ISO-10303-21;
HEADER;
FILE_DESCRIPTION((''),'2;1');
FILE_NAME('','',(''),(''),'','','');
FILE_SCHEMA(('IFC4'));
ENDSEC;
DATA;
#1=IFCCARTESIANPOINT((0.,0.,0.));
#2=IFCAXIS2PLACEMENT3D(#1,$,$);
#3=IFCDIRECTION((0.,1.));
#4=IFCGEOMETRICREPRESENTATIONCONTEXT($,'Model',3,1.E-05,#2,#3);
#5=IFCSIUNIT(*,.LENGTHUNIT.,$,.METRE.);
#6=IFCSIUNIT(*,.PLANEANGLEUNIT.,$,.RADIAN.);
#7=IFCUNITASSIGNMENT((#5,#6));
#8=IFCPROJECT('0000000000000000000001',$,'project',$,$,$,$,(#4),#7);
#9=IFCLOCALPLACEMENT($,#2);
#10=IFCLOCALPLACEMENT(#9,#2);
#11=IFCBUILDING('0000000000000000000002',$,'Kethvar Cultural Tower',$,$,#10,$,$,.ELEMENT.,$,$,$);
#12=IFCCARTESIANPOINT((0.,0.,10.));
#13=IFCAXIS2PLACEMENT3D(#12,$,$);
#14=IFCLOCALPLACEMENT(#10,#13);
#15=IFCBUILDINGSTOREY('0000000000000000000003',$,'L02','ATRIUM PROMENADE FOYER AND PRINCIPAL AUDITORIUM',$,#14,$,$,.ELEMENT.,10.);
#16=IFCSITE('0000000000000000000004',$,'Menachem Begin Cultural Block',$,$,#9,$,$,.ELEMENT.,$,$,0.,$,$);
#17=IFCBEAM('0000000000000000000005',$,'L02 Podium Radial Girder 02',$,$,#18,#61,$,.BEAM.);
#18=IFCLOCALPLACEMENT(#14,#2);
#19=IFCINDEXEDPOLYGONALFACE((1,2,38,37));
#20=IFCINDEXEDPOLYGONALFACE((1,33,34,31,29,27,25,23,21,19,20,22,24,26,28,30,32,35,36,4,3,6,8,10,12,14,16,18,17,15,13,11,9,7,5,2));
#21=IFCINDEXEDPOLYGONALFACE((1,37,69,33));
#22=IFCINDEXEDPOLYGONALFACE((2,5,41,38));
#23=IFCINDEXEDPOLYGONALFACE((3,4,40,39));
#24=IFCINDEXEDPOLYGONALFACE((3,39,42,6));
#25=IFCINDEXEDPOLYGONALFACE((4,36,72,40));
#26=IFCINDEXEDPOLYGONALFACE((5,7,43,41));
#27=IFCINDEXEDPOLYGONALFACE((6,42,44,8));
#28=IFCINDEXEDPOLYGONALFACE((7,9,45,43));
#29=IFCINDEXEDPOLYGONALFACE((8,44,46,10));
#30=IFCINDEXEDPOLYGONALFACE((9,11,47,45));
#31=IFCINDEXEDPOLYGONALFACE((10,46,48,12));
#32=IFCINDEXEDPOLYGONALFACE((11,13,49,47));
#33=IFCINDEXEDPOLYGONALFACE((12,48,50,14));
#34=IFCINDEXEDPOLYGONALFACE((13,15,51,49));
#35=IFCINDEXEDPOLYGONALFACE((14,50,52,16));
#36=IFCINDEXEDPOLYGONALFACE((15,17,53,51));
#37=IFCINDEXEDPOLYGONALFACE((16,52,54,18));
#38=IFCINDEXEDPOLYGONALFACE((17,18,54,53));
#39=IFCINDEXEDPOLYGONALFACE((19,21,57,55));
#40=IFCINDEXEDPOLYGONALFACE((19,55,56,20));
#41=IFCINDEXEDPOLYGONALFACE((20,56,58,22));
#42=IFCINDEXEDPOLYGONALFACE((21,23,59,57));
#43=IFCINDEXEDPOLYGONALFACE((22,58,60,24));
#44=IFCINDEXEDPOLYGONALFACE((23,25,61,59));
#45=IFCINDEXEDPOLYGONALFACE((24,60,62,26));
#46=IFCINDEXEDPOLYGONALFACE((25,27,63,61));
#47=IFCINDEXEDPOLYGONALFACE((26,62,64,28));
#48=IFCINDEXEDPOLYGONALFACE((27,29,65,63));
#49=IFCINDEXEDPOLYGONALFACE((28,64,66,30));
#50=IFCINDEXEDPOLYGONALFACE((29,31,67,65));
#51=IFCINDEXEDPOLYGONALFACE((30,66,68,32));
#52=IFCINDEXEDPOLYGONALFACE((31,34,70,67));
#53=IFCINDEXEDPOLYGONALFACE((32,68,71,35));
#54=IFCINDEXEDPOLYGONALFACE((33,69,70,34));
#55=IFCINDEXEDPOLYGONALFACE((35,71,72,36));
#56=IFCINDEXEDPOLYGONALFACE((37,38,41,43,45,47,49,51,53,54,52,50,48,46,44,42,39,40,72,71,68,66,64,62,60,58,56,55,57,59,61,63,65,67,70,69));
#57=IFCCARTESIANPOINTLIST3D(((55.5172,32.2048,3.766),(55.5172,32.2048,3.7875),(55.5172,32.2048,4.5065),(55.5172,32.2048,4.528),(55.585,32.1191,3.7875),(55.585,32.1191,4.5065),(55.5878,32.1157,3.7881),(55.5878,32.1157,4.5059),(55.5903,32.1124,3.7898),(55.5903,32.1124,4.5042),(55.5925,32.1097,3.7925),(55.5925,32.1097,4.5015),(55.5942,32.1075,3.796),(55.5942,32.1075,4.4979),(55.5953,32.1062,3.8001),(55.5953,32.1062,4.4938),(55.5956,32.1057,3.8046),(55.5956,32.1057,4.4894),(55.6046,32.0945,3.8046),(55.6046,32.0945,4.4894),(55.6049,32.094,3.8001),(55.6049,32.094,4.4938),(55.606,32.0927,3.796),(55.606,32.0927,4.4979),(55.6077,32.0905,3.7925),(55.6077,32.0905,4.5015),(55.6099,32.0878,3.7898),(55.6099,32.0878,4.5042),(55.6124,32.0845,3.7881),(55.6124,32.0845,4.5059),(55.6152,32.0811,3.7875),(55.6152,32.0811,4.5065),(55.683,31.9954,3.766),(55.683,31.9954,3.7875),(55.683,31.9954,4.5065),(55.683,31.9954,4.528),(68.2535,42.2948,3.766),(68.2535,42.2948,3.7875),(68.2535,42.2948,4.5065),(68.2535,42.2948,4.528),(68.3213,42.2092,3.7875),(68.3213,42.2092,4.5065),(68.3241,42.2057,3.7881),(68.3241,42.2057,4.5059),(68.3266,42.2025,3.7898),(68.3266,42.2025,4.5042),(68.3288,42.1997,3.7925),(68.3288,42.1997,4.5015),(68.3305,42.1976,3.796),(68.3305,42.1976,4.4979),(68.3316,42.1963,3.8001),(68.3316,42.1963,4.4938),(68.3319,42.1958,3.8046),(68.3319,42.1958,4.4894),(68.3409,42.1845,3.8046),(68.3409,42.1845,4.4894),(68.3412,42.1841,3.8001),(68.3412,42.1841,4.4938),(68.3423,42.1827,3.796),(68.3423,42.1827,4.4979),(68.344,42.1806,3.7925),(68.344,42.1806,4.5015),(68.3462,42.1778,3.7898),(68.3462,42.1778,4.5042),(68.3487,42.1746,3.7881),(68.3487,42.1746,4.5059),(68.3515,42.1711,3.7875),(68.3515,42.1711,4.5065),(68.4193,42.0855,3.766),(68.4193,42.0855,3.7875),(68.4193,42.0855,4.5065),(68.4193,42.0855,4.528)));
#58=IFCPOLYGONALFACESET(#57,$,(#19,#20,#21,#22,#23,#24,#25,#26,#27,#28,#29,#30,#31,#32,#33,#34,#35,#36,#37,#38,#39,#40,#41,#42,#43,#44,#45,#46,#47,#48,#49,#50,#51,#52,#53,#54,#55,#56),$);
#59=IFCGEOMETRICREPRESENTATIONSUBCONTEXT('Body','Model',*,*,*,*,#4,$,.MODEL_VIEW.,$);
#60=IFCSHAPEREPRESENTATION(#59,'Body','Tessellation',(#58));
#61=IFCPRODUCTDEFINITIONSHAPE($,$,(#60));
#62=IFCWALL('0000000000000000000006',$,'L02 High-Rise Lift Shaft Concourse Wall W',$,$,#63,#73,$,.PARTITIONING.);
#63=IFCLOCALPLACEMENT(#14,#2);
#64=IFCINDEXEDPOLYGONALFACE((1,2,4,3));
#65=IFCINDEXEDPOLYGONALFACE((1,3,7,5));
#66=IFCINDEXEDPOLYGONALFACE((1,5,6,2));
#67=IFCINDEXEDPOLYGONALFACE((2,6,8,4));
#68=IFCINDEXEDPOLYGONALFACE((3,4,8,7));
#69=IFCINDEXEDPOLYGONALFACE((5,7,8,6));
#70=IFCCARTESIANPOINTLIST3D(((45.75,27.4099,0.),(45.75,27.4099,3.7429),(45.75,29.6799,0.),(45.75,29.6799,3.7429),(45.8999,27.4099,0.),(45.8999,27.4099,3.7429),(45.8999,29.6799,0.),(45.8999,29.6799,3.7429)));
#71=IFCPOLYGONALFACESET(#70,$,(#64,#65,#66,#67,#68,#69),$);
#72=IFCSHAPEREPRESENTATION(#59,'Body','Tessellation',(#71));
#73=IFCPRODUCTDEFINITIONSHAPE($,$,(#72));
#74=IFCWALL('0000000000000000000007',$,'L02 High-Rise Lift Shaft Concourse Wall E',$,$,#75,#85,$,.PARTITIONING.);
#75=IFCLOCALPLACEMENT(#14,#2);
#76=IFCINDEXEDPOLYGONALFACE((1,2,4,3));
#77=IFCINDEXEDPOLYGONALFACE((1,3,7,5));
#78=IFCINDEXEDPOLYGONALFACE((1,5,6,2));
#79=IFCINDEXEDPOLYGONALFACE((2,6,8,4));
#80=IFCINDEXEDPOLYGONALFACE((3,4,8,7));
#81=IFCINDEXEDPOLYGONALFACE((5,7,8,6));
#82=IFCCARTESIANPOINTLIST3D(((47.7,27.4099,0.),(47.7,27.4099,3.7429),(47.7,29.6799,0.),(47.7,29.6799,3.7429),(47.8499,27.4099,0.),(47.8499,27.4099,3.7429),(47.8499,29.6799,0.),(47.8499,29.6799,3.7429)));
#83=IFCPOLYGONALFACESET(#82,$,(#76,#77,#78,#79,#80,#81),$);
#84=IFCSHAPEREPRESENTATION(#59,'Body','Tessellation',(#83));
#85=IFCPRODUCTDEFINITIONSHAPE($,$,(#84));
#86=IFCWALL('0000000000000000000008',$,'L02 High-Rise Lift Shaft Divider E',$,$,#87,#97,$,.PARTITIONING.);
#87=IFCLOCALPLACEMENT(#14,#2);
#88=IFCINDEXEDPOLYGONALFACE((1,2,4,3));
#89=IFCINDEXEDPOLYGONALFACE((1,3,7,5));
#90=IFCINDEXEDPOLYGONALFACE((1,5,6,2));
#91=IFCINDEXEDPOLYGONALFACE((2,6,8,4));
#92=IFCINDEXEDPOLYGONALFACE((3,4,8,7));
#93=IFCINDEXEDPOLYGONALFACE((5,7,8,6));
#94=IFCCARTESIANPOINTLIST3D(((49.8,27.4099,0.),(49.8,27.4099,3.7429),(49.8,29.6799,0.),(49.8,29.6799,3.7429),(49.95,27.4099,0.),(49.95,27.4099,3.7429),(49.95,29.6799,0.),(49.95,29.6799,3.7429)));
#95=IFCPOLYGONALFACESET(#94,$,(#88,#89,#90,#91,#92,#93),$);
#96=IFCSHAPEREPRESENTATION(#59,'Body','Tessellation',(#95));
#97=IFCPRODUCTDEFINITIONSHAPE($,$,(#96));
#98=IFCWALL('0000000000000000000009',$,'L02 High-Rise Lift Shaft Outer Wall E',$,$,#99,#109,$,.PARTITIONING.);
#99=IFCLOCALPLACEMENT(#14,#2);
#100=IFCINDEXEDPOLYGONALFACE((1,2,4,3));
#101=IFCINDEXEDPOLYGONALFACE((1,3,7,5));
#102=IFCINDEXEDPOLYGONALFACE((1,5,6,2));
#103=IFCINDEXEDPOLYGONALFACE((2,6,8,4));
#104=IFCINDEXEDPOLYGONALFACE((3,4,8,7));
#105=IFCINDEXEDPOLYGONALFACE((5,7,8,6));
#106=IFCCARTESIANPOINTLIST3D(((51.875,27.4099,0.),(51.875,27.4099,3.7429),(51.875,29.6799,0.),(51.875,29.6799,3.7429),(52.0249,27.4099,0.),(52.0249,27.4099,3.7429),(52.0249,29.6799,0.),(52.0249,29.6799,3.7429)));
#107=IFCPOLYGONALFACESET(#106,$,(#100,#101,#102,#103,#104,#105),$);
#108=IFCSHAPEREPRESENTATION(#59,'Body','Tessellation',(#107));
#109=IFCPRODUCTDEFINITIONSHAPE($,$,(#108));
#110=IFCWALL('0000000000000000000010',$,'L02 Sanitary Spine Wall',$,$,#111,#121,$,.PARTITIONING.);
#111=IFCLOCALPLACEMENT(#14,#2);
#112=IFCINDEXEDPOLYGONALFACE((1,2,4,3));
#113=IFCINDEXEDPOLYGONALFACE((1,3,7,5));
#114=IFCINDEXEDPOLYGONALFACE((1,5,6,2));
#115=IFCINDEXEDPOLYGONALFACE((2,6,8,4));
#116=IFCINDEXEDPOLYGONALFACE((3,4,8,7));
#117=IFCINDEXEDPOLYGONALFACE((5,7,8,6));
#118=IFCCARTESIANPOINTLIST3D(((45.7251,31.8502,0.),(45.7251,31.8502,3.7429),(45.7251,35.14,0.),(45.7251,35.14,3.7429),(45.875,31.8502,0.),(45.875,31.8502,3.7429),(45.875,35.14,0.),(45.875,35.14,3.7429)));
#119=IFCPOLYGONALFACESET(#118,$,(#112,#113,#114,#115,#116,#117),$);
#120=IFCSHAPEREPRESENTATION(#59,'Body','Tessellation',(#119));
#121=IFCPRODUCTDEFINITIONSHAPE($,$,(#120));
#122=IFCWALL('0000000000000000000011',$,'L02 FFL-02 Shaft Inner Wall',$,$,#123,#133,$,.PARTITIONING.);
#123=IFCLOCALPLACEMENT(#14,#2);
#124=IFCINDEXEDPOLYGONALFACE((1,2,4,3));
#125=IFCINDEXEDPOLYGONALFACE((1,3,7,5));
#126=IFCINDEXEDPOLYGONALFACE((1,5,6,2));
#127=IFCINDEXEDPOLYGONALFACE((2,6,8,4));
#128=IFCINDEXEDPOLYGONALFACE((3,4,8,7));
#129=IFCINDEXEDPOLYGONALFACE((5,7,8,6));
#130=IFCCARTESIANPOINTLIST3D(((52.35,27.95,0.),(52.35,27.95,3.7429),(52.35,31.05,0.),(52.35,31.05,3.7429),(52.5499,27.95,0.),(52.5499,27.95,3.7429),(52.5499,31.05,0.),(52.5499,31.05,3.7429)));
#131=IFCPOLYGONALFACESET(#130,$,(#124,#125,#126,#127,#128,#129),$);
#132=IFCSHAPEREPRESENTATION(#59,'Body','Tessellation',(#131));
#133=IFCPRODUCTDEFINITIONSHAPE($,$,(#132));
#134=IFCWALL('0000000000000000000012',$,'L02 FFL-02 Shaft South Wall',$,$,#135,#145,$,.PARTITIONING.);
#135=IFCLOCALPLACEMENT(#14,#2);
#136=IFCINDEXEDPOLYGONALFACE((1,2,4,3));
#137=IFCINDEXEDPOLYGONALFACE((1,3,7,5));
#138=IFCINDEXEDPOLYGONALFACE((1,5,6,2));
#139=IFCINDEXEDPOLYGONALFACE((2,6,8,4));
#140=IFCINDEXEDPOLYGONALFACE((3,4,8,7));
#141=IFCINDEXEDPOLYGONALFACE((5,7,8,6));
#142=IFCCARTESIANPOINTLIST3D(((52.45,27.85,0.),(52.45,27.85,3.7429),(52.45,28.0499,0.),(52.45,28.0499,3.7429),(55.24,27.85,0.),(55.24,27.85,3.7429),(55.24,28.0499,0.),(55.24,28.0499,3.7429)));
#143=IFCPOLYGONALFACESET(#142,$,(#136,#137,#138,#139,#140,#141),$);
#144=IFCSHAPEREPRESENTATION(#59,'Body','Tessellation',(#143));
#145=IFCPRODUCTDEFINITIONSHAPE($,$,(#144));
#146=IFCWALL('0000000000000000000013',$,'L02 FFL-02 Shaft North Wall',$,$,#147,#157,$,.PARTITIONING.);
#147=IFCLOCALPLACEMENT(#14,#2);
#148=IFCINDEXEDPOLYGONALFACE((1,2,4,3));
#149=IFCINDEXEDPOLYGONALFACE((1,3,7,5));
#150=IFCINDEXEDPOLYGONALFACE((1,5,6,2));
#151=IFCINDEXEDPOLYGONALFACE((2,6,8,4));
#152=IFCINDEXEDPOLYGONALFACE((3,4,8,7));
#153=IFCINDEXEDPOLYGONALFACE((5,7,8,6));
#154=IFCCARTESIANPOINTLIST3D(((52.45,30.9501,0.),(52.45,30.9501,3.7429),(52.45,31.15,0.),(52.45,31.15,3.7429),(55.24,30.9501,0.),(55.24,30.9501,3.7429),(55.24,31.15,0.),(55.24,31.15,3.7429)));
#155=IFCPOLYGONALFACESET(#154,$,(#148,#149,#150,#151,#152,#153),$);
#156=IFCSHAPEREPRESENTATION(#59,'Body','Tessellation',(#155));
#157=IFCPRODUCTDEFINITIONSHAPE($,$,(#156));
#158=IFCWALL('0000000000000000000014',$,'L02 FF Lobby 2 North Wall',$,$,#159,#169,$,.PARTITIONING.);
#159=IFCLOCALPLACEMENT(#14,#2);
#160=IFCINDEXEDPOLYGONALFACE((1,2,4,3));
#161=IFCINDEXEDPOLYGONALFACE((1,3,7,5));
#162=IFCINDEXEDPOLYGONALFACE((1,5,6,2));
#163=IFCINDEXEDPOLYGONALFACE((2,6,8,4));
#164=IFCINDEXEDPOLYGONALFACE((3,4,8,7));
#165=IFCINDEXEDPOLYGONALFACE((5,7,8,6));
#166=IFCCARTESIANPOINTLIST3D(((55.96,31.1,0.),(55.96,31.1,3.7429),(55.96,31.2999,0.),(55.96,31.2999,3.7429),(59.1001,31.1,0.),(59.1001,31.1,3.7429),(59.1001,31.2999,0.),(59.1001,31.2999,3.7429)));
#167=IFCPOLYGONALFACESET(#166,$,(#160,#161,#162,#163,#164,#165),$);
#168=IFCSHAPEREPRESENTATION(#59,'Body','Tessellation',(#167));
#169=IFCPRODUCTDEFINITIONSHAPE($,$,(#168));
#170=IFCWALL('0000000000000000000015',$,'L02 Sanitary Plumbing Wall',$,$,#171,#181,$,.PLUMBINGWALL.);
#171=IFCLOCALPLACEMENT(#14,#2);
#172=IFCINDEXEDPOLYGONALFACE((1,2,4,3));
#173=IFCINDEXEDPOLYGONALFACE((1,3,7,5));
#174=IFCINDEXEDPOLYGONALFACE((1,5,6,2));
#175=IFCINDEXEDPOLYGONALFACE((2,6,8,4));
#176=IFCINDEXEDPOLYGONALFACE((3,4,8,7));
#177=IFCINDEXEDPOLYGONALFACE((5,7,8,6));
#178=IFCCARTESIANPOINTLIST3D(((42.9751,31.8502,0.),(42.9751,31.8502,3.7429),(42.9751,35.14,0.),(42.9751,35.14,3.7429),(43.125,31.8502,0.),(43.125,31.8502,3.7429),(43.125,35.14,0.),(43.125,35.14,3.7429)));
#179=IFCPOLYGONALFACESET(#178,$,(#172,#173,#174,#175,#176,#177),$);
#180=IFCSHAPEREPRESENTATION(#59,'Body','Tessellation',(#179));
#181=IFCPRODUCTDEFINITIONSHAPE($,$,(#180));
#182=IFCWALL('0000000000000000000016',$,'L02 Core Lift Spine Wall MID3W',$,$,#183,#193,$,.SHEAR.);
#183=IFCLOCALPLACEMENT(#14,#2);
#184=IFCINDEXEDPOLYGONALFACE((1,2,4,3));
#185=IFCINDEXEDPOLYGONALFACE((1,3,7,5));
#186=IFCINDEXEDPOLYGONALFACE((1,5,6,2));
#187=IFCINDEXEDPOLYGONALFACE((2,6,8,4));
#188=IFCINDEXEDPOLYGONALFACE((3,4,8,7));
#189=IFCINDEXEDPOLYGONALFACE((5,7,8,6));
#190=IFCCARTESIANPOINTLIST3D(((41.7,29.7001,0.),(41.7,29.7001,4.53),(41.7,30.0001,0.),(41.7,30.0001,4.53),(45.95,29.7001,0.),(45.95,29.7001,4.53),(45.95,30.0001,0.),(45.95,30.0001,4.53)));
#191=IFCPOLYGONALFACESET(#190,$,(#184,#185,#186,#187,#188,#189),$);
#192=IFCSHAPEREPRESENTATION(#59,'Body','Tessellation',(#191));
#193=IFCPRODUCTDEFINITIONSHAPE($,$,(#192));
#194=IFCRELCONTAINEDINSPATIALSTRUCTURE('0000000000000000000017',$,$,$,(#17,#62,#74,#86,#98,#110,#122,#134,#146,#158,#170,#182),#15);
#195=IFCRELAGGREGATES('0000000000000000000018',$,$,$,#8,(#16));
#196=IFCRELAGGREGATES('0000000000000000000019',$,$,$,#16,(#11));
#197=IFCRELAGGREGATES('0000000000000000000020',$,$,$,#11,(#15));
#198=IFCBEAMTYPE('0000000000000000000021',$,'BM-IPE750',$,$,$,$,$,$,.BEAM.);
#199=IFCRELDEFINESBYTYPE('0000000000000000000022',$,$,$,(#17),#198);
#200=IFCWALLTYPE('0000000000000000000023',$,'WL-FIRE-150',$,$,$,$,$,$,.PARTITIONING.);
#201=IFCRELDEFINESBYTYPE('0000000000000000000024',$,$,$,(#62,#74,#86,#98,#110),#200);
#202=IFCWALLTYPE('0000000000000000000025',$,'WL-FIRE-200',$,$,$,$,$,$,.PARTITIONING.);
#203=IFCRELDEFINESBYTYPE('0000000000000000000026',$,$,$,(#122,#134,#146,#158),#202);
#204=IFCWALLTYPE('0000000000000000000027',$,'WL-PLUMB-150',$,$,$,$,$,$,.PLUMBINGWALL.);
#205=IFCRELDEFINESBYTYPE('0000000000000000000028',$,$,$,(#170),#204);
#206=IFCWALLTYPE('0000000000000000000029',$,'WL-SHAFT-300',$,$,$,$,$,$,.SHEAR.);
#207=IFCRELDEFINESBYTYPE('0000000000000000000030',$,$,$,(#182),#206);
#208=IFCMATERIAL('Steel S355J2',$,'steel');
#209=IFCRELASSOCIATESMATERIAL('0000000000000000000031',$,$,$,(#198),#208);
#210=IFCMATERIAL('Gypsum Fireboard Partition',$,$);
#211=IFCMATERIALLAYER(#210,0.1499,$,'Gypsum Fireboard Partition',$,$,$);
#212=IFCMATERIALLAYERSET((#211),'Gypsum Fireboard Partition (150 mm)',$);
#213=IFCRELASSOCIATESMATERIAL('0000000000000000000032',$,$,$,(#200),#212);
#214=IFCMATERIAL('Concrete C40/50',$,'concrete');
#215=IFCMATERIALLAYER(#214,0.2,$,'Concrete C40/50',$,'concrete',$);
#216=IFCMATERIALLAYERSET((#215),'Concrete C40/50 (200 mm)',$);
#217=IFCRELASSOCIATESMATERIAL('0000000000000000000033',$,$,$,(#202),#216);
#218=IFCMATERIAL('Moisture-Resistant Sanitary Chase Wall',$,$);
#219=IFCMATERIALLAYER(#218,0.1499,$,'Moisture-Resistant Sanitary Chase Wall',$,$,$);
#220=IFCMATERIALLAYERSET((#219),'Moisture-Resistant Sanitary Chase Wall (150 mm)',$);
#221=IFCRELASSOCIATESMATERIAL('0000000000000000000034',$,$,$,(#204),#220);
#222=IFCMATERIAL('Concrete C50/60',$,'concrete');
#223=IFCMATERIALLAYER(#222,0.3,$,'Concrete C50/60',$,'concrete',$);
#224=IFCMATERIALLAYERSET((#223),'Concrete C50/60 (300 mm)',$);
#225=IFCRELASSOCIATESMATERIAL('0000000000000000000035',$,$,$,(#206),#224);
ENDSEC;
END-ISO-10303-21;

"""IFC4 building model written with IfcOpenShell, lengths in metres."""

from ifc_helpers import new_model, si_unit, direction, frame, frame_2d, origin, origin_2d, place, context, subcontext, project, spatial, rectangle, i_section, extrude, source, transform, mapped, material, layer, layer_set, material_profile, profile_set, type_object, element, save


model = new_model("IFC4")

# Units and contexts
model_context = context("Model", 3, precision=1e-05, world=origin(), true_north=direction((0.0, 1.0)))
body_context = subcontext(model_context, "Body", "Model", "MODEL_VIEW")
ifc_project = project(units=[si_unit("LENGTHUNIT", "METRE"), si_unit("PLANEANGLEUNIT", "RADIAN")], contexts=[model_context])

# Site, building, storey
site_placement = place(None, origin())
site = spatial("IfcSite", under=ifc_project, at=site_placement, Name="Menachem Begin Cultural Block", CompositionType="ELEMENT", RefElevation=0.0)
building_placement = place(site_placement, origin())
building = spatial("IfcBuilding", under=site, at=building_placement, Name="Kethvar Cultural Tower", CompositionType="ELEMENT")
storey_placement = place(building_placement, frame((0.0, 0.0, 10.0)))
storey = spatial("IfcBuildingStorey", under=building, at=storey_placement, Name="L02", Description="ATRIUM PROMENADE FOYER AND PRINCIPAL AUDITORIUM", CompositionType="ELEMENT", Elevation=10.0)

# Beam
ifc_material_1 = material(Name="Steel S355J2", Category="steel")
ifc_material_profile = material_profile(ifc_material_1, i_section(OverallWidth=0.2671, OverallDepth=0.762, WebThickness=0.0144, FlangeThickness=0.0215, FilletRadius=0.0171, at=origin_2d()), Name="Steel S355J2 — IPE750x173")
ifc_profile_set = profile_set([ifc_material_profile], Name="Steel S355J2 — IPE750x173")
beam_type = type_object("IfcBeamType", Name="BM-IPE750", PredefinedType="BEAM", material=ifc_profile_set)
shared_shape = source(origin(), body_context, "Body", "SweptSolid", [
    extrude(i_section(OverallWidth=0.2671, OverallDepth=0.762, WebThickness=0.0144, FlangeThickness=0.0215, FilletRadius=0.0171, at=origin_2d()), origin(), (0.0, 0.0, 1.0), 16.2488),
])
beam_placement = place(storey_placement, frame((55.6001, 32.1001, 4.147), z_axis=(0.783831, 0.620974, 0.0), x_axis=(-0.620974, 0.783831, 0.0)))
element("IfcBeam", 1, at=beam_placement, inside=storey, type_object=beam_type, Name="L02 Podium Radial Girder 02", PredefinedType="BEAM", context=body_context, shape_type="MappedRepresentation", body=[
    mapped(shared_shape, transform((0.0, 0.0, 0.0), scale=1.0)),
])

# Walls
ifc_material_2 = material(Name="Gypsum Fireboard Partition")
ifc_layer_1 = layer(ifc_material_2, 0.1499, Name="Gypsum Fireboard Partition")
ifc_layer_set_1 = layer_set([ifc_layer_1], Name="Gypsum Fireboard Partition (150 mm)")
wall_type_1 = type_object("IfcWallType", Name="WL-FIRE-150", PredefinedType="PARTITIONING", material=ifc_layer_set_1)
for number, where, z_axis, x_axis, name in (
    (2, (45.825, 27.4099, 0.0), (0.0, 0.0, 1.0), (0.0, 1.0, 0.0), "L02 High-Rise Lift Shaft Concourse Wall W"),
    (3, (47.7749, 27.4099, 0.0), (0.0, 0.0, 1.0), (0.0, 1.0, 0.0), "L02 High-Rise Lift Shaft Concourse Wall E"),
    (4, (49.875, 27.4099, 0.0), (0.0, 0.0, 1.0), (0.0, 1.0, 0.0), "L02 High-Rise Lift Shaft Divider E"),
    (5, (51.95, 27.4099, 0.0), (0.0, 0.0, 1.0), (0.0, 1.0, 0.0), "L02 High-Rise Lift Shaft Outer Wall E"),
):
    element("IfcWall", number, at=place(storey_placement, frame(where, z_axis=z_axis, x_axis=x_axis)), inside=storey, type_object=wall_type_1, Name=name, PredefinedType="PARTITIONING", context=body_context, shape_type="SweptSolid", body=[
        extrude(rectangle(XDim=2.27, YDim=0.1499, at=frame_2d((1.135, 0.0))), origin(), (0.0, 0.0, 1.0), 3.7429),
    ])
wall_1_placement = place(storey_placement, frame((45.8, 31.8501, 0.0), z_axis=(0.0, 0.0, 1.0), x_axis=(0.0, 1.0, 0.0)))
element("IfcWall", 6, at=wall_1_placement, inside=storey, type_object=wall_type_1, Name="L02 Sanitary Spine Wall", PredefinedType="PARTITIONING", context=body_context, shape_type="SweptSolid", body=[
    extrude(rectangle(XDim=3.2898, YDim=0.1499, at=frame_2d((1.645, 0.0))), origin(), (0.0, 0.0, 1.0), 3.7429),
])
ifc_material_3 = material(Name="Concrete C40/50", Category="concrete")
ifc_layer_2 = layer(ifc_material_3, 0.2, Name="Concrete C40/50", Category="concrete")
ifc_layer_set_2 = layer_set([ifc_layer_2], Name="Concrete C40/50 (200 mm)")
wall_type_2 = type_object("IfcWallType", Name="WL-FIRE-200", PredefinedType="PARTITIONING", material=ifc_layer_set_2)
wall_2_placement = place(storey_placement, frame((52.45, 27.95, 0.0), z_axis=(0.0, 0.0, 1.0), x_axis=(0.0, 1.0, 0.0)))
element("IfcWall", 7, at=wall_2_placement, inside=storey, type_object=wall_type_2, Name="L02 FFL-02 Shaft Inner Wall", PredefinedType="PARTITIONING", context=body_context, shape_type="SweptSolid", body=[
    extrude(rectangle(XDim=3.1001, YDim=0.2, at=frame_2d((1.55, 0.0))), origin(), (0.0, 0.0, 1.0), 3.7429),
])
for number, where, z_axis, x_axis, name in (
    (8, (52.45, 27.95, 0.0), (0.0, 0.0, 1.0), (1.0, 0.0, 0.0), "L02 FFL-02 Shaft South Wall"),
    (9, (52.45, 31.05, 0.0), (0.0, 0.0, 1.0), (1.0, 0.0, 0.0), "L02 FFL-02 Shaft North Wall"),
):
    element("IfcWall", number, at=place(storey_placement, frame(where, z_axis=z_axis, x_axis=x_axis)), inside=storey, type_object=wall_type_2, Name=name, PredefinedType="PARTITIONING", context=body_context, shape_type="SweptSolid", body=[
        extrude(rectangle(XDim=2.79, YDim=0.2, at=frame_2d((1.395, 0.0))), origin(), (0.0, 0.0, 1.0), 3.7429),
    ])
wall_3_placement = place(storey_placement, frame((55.96, 31.2, 0.0), z_axis=(0.0, 0.0, 1.0), x_axis=(1.0, 0.0, 0.0)))
element("IfcWall", 10, at=wall_3_placement, inside=storey, type_object=wall_type_2, Name="L02 FF Lobby 2 North Wall", PredefinedType="PARTITIONING", context=body_context, shape_type="SweptSolid", body=[
    extrude(rectangle(XDim=3.1401, YDim=0.2, at=frame_2d((1.5701, 0.0))), origin(), (0.0, 0.0, 1.0), 3.7429),
])
ifc_material_4 = material(Name="Moisture-Resistant Sanitary Chase Wall")
ifc_layer_3 = layer(ifc_material_4, 0.1499, Name="Moisture-Resistant Sanitary Chase Wall")
ifc_layer_set_3 = layer_set([ifc_layer_3], Name="Moisture-Resistant Sanitary Chase Wall (150 mm)")
wall_type_3 = type_object("IfcWallType", Name="WL-PLUMB-150", PredefinedType="PLUMBINGWALL", material=ifc_layer_set_3)
wall_4_placement = place(storey_placement, frame((43.05, 31.8501, 0.0), z_axis=(0.0, 0.0, 1.0), x_axis=(0.0, 1.0, 0.0)))
element("IfcWall", 11, at=wall_4_placement, inside=storey, type_object=wall_type_3, Name="L02 Sanitary Plumbing Wall", PredefinedType="PLUMBINGWALL", context=body_context, shape_type="SweptSolid", body=[
    extrude(rectangle(XDim=3.2898, YDim=0.1499, at=frame_2d((1.645, 0.0))), origin(), (0.0, 0.0, 1.0), 3.7429),
])
ifc_material_5 = material(Name="Concrete C50/60", Category="concrete")
ifc_layer_4 = layer(ifc_material_5, 0.3, Name="Concrete C50/60", Category="concrete")
ifc_layer_set_4 = layer_set([ifc_layer_4], Name="Concrete C50/60 (300 mm)")
wall_type_4 = type_object("IfcWallType", Name="WL-SHAFT-300", PredefinedType="SHEAR", material=ifc_layer_set_4)
for number, where, z_axis, x_axis, name in (
    (12, (41.7, 29.8501, 0.0), (0.0, 0.0, 1.0), (1.0, 0.0, 0.0), "L02 Core Lift Spine Wall MID3W"),
):
    element("IfcWall", number, at=place(storey_placement, frame(where, z_axis=z_axis, x_axis=x_axis)), inside=storey, type_object=wall_type_4, Name=name, PredefinedType="SHEAR", context=body_context, shape_type="SweptSolid", body=[
        extrude(rectangle(XDim=4.25, YDim=0.3, at=frame_2d((2.125, 0.0))), origin(), (0.0, 0.0, 1.0), 4.53),
    ])

save(model, "model.ifc")
